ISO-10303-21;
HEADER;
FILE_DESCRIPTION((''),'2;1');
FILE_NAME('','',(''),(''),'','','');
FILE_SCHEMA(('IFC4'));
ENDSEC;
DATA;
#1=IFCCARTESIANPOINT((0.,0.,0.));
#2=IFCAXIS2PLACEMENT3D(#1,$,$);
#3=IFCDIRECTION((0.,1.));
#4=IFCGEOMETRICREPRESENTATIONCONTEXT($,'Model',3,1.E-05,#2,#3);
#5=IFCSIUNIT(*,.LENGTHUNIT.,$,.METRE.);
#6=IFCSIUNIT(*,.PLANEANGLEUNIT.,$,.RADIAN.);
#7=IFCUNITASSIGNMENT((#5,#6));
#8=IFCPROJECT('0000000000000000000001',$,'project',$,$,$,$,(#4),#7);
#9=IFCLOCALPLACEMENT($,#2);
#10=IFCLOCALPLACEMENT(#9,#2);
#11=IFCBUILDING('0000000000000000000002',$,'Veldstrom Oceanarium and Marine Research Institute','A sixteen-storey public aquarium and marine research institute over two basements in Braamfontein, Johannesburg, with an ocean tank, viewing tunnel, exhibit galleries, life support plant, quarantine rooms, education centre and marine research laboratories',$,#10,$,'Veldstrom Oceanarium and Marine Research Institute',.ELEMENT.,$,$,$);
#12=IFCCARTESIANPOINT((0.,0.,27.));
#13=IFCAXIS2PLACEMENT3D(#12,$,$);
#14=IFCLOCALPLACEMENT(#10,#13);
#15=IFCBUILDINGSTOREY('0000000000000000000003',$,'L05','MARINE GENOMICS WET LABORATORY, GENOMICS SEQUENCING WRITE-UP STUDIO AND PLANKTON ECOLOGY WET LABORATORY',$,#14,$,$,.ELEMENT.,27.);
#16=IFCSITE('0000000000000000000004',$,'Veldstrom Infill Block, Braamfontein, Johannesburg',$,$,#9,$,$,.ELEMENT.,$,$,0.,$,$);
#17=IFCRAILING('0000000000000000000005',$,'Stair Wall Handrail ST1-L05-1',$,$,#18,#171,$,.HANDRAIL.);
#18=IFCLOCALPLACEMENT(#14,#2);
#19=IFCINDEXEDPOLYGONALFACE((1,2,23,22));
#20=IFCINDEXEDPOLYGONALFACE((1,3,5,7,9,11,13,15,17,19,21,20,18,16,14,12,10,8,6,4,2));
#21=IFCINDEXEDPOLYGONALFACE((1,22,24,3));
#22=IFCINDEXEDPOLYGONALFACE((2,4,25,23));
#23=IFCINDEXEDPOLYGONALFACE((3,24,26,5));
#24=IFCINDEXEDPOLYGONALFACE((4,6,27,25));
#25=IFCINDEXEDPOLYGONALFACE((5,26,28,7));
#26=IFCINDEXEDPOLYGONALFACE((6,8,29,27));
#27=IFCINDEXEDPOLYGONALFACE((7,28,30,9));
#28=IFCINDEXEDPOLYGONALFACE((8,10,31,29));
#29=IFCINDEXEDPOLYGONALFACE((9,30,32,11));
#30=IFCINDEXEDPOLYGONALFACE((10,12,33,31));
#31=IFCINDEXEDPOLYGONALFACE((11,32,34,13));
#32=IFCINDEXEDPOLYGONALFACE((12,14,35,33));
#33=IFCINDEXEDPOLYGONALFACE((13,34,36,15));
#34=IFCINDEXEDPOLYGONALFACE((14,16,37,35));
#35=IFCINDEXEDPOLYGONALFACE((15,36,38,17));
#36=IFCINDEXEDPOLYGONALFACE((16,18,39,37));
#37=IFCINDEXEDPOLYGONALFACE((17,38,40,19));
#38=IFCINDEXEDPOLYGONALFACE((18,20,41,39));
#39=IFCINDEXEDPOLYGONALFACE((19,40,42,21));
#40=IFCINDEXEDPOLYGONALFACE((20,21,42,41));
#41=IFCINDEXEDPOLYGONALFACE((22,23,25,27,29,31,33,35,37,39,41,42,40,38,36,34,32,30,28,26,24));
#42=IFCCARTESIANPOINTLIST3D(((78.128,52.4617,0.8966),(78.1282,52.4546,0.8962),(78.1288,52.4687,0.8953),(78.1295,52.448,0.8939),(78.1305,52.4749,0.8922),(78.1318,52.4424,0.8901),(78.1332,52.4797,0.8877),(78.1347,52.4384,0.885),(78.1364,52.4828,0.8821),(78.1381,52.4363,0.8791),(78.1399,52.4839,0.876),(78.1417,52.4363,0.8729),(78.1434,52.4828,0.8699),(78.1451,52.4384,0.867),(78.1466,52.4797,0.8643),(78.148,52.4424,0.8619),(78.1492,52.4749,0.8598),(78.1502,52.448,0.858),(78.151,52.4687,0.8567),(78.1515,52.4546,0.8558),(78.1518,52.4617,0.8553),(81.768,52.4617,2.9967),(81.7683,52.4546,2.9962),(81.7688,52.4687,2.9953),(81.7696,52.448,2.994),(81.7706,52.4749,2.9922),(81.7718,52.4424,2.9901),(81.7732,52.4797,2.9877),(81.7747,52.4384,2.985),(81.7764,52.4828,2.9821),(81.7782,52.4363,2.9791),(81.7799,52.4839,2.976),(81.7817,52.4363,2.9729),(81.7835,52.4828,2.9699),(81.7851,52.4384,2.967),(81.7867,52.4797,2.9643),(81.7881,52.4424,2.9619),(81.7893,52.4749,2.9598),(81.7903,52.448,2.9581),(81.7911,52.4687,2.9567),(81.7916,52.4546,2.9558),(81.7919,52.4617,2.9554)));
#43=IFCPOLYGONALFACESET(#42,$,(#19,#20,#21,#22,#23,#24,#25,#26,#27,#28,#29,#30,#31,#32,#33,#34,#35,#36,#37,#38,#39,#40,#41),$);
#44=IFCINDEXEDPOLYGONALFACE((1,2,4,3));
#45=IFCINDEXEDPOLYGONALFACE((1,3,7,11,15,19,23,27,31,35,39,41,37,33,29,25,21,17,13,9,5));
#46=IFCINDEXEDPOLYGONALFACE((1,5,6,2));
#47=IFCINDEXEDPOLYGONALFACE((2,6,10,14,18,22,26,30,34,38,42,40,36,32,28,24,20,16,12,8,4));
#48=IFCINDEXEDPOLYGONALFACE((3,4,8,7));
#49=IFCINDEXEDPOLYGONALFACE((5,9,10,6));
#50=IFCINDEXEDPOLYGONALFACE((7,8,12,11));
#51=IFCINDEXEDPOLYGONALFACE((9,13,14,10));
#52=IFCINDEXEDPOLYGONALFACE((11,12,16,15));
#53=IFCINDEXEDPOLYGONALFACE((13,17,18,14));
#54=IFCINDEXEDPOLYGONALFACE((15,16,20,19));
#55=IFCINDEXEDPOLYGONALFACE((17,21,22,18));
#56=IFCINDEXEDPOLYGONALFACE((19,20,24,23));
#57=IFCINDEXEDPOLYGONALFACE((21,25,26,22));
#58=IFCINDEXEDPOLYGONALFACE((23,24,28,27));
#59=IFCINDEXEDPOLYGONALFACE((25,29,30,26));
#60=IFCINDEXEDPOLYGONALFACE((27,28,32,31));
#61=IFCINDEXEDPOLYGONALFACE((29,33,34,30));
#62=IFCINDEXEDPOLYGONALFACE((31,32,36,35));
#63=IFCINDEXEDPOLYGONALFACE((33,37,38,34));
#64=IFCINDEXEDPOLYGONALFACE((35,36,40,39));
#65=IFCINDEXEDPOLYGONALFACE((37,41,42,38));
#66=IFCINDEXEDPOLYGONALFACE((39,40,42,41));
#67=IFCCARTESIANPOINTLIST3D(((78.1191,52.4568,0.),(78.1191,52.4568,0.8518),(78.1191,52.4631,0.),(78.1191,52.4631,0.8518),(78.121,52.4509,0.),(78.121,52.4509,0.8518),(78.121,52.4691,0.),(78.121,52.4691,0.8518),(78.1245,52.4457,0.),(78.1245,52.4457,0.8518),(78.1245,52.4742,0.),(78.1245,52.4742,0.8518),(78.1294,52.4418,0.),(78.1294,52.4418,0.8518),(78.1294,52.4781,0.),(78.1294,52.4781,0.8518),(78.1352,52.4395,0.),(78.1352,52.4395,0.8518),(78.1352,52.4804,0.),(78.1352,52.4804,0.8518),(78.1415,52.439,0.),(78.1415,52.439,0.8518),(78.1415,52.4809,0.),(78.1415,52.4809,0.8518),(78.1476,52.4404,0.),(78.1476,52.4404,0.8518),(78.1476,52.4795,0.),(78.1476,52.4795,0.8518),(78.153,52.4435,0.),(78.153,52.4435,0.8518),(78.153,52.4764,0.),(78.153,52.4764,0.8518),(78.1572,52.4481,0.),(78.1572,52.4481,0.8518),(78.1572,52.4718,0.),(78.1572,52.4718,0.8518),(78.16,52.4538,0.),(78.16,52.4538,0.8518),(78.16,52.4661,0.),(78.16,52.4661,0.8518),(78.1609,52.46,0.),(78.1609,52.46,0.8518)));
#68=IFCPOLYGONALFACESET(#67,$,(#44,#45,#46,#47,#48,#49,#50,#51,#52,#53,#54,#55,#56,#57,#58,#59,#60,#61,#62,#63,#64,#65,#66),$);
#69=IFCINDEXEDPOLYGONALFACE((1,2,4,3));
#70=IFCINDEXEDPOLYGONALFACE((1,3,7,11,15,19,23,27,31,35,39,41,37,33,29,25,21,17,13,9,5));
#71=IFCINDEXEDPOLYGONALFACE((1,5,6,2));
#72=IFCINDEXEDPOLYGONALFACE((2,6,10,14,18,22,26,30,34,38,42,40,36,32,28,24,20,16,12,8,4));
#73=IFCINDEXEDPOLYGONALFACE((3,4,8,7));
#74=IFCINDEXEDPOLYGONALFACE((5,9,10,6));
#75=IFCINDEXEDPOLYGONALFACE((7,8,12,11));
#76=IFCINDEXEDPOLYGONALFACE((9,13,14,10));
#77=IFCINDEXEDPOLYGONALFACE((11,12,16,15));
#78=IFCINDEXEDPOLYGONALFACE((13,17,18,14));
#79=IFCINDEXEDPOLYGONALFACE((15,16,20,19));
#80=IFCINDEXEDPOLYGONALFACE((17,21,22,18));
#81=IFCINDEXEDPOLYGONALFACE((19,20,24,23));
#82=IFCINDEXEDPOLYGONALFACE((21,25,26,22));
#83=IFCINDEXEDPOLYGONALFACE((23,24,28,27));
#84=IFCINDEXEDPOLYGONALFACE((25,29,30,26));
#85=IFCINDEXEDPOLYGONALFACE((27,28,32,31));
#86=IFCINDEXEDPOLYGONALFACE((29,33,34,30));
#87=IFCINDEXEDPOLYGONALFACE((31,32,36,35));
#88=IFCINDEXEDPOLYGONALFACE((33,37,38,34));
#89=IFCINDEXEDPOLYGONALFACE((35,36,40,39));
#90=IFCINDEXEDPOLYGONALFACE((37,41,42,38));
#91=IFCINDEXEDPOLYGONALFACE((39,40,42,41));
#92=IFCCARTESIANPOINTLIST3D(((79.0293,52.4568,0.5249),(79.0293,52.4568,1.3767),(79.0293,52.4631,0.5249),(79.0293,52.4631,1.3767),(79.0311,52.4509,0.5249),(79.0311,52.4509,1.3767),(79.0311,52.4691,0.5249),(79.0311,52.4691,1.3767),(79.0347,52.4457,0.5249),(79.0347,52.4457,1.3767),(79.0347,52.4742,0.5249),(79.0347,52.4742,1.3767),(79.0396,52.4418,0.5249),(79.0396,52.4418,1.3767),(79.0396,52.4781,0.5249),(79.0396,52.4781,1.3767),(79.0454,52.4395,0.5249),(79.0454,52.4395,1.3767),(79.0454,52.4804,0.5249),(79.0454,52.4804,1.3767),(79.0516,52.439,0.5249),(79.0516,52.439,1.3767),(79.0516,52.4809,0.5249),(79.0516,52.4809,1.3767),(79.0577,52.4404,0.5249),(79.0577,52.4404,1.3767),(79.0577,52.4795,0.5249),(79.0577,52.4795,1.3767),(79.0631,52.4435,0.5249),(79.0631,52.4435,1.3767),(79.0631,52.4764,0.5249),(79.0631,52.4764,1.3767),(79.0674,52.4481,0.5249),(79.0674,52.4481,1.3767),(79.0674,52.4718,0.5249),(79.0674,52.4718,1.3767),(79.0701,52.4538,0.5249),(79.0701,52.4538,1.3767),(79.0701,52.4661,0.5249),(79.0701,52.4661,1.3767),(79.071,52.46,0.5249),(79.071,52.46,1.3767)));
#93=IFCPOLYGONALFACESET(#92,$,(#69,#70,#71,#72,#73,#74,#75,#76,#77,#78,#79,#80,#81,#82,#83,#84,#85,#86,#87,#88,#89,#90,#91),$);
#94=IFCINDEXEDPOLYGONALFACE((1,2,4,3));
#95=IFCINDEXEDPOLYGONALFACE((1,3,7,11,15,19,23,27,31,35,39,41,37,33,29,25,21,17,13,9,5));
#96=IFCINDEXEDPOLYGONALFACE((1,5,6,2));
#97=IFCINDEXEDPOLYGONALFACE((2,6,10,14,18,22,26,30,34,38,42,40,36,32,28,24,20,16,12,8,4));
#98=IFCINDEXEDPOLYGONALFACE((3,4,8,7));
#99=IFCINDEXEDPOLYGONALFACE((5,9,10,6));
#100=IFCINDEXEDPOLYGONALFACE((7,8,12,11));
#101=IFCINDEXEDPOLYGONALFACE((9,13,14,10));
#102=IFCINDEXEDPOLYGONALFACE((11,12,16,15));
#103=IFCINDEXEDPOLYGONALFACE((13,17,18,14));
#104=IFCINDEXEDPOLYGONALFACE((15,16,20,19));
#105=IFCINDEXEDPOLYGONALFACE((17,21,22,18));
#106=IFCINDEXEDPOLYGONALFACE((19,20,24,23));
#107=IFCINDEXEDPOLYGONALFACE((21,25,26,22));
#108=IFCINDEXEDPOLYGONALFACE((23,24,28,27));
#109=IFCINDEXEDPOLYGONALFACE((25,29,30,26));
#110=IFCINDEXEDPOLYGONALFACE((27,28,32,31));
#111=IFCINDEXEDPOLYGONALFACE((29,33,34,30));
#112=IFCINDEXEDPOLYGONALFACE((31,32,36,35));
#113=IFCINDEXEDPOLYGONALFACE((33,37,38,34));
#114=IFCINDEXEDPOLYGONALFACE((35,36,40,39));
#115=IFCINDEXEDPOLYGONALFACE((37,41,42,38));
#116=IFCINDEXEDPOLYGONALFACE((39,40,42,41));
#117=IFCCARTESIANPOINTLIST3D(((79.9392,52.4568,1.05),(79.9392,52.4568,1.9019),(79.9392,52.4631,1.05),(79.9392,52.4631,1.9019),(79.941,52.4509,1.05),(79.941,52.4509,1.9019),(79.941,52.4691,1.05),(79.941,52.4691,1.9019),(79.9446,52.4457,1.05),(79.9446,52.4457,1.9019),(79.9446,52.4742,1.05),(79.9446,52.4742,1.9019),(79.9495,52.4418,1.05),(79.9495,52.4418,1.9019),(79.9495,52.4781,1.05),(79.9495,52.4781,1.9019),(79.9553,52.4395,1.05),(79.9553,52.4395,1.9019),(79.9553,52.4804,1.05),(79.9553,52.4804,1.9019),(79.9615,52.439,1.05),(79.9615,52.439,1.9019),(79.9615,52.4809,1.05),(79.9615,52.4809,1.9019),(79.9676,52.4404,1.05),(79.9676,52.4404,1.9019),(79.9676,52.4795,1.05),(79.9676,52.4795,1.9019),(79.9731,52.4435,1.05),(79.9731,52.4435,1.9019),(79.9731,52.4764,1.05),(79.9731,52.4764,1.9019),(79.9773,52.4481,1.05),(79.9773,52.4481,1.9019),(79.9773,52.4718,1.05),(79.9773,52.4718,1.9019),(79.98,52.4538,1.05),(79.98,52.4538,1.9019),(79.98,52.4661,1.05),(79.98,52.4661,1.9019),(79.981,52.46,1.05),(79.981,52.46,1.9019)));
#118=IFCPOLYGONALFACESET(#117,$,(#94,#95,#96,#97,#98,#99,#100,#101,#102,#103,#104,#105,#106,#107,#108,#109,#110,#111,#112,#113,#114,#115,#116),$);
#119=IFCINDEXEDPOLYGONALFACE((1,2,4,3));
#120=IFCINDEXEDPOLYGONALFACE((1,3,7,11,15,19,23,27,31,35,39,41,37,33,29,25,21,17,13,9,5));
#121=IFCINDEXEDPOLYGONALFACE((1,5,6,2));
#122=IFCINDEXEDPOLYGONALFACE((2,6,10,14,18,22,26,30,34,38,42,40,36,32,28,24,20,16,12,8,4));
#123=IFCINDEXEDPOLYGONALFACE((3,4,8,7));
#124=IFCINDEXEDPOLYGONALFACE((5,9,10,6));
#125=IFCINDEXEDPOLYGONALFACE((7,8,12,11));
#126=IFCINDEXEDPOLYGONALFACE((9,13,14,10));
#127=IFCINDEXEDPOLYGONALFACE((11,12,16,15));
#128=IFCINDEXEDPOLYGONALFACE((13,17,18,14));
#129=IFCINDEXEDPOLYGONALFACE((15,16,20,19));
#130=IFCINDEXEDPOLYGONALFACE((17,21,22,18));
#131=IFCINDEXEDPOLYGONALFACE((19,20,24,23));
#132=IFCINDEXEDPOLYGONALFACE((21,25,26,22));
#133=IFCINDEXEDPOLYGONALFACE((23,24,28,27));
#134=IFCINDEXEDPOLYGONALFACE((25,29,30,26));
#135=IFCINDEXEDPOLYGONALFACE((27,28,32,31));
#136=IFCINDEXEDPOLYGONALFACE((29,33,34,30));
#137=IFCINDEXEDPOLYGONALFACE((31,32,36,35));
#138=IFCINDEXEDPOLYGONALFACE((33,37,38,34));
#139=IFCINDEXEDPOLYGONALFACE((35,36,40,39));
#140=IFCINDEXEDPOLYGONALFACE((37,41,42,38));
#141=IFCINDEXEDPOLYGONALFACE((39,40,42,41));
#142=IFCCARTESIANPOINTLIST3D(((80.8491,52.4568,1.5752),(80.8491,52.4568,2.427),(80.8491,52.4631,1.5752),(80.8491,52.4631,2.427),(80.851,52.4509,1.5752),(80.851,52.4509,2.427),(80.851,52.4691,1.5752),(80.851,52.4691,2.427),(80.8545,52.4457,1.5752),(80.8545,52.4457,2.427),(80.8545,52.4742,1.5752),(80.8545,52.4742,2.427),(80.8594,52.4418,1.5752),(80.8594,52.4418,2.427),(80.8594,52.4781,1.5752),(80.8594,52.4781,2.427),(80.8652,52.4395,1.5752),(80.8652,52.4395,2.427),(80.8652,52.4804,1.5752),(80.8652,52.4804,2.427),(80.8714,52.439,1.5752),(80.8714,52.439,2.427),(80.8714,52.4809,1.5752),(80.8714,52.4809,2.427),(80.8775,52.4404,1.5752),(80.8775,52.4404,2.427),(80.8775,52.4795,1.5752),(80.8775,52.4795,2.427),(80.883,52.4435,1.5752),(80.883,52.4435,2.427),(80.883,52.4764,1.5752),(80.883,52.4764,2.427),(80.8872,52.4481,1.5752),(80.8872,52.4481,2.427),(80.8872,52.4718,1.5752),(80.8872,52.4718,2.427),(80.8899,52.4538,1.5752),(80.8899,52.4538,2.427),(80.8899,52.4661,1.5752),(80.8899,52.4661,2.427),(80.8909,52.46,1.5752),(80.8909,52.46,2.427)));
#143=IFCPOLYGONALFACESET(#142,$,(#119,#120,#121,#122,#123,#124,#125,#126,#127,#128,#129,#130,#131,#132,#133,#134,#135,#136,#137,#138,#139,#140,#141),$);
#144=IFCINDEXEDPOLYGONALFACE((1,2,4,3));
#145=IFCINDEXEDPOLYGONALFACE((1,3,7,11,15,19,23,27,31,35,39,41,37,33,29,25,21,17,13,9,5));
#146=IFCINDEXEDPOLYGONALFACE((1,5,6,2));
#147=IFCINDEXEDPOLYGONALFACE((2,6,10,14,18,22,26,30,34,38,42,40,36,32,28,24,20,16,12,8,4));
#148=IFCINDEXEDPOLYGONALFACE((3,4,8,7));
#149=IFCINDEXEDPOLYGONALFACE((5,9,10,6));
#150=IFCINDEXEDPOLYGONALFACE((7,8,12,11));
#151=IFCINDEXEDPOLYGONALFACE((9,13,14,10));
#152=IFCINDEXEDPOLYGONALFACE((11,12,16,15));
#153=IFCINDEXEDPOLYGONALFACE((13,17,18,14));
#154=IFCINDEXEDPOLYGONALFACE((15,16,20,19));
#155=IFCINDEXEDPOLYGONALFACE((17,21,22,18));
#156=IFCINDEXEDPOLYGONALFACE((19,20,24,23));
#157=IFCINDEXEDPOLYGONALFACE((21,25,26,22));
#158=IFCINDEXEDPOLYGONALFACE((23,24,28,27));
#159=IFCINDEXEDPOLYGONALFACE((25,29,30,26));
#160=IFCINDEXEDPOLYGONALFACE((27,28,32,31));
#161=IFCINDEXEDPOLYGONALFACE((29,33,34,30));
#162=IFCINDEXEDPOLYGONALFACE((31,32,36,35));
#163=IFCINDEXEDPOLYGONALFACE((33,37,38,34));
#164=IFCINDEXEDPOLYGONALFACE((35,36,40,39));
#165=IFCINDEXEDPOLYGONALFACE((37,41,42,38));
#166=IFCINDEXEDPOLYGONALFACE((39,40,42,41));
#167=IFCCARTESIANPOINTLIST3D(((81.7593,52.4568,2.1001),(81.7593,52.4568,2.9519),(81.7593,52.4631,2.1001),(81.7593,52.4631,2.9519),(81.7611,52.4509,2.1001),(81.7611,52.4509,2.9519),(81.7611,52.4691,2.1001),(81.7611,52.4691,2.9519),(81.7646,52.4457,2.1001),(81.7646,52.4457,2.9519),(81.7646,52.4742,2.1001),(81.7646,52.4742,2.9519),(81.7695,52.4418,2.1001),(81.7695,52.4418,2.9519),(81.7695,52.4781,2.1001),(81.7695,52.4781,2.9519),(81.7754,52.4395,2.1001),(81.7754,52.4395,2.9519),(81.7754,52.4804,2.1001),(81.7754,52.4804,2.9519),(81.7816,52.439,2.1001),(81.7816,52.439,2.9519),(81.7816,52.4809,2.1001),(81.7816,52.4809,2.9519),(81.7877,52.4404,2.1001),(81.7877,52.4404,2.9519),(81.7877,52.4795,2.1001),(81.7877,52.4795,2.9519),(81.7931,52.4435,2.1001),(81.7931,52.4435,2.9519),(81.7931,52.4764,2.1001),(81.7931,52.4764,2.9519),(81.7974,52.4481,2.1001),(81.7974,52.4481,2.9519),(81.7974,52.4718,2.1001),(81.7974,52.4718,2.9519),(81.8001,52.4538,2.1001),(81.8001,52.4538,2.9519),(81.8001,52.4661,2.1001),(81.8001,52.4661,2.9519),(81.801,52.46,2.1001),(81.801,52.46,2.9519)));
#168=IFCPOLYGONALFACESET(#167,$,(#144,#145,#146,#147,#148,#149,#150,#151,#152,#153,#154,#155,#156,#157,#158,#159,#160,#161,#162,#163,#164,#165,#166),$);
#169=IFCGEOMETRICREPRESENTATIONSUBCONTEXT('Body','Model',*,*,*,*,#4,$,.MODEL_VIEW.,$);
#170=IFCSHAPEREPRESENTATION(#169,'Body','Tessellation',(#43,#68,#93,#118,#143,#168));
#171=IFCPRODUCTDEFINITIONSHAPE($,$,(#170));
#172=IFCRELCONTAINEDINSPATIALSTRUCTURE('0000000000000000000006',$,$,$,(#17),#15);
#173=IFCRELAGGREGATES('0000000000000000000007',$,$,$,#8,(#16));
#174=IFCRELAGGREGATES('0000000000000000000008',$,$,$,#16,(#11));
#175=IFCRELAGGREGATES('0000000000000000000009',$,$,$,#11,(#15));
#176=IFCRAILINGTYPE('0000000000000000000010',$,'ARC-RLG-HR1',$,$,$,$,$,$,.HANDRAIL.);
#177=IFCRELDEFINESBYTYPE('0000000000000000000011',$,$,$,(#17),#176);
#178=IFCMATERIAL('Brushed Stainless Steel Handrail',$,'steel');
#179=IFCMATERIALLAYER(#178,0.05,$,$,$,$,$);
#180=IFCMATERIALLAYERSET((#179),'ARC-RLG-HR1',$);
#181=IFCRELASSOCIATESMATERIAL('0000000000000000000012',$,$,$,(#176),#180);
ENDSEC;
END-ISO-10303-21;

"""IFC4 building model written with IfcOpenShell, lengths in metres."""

from ifc_helpers import new_model, si_unit, direction, frame, origin, origin_2d, place, context, subcontext, project, spatial, circle, extrude, material, layer, layer_set, type_object, element, save


model = new_model("IFC4")

# Units and contexts
model_context = context("Model", 3, precision=1e-05, world=origin(), true_north=direction((0.0, 1.0)))
body_context = subcontext(model_context, "Body", "Model", "MODEL_VIEW")
ifc_project = project(units=[si_unit("LENGTHUNIT", "METRE"), si_unit("PLANEANGLEUNIT", "RADIAN")], contexts=[model_context])

# Site, building, storey
site_placement = place(None, origin())
site = spatial("IfcSite", under=ifc_project, at=site_placement, Name="Veldstrom Infill Block, Braamfontein, Johannesburg", CompositionType="ELEMENT", RefElevation=0.0)
building_placement = place(site_placement, origin())
building = spatial("IfcBuilding", under=site, at=building_placement, Name="Veldstrom Oceanarium and Marine Research Institute", Description="A sixteen-storey public aquarium and marine research institute over two basements in Braamfontein, Johannesburg, with an ocean tank, viewing tunnel, exhibit galleries, life support plant, quarantine rooms, education centre and marine research laboratories", LongName="Veldstrom Oceanarium and Marine Research Institute", CompositionType="ELEMENT")
storey_placement = place(building_placement, frame((0.0, 0.0, 27.0)))
storey = spatial("IfcBuildingStorey", under=building, at=storey_placement, Name="L05", Description="MARINE GENOMICS WET LABORATORY, GENOMICS SEQUENCING WRITE-UP STUDIO AND PLANKTON ECOLOGY WET LABORATORY", CompositionType="ELEMENT", Elevation=27.0)

# Railing
ifc_material_1 = material(Name="Brushed Stainless Steel Handrail", Category="steel")
ifc_layer_1 = layer(ifc_material_1, 0.05)
ifc_layer_set_1 = layer_set([ifc_layer_1], Name="ARC-RLG-HR1")
railing_type_1 = type_object("IfcRailingType", Name="ARC-RLG-HR1", PredefinedType="HANDRAIL", material=ifc_layer_set_1)
railing_1_placement = place(storey_placement, frame((78.1399, 52.46, 0.0)))
element("IfcRailing", 1, at=railing_1_placement, inside=storey, type_object=railing_type_1, Name="Stair Wall Handrail ST1-L05-1", PredefinedType="HANDRAIL", context=body_context, shape_type="SweptSolid", body=[
    extrude(circle(Radius=0.0239, at=origin_2d()), frame((0.0, 0.0, 0.876), z_axis=(0.866184, 0.0, 0.499726), x_axis=(0.0, 1.0, 0.0)), (0.0, 0.0, 1.0), 4.2024),
    extrude(circle(Radius=0.021, at=origin_2d()), origin(), (0.0, 0.0, 1.0), 0.8518),
    extrude(circle(Radius=0.021, at=origin_2d()), frame((0.9102, 0.0, 0.5249)), (0.0, 0.0, 1.0), 0.8518),
    extrude(circle(Radius=0.021, at=origin_2d()), frame((1.8201, 0.0, 1.05)), (0.0, 0.0, 1.0), 0.8518),
    extrude(circle(Radius=0.021, at=origin_2d()), frame((2.73, 0.0, 1.5752)), (0.0, 0.0, 1.0), 0.8518),
    extrude(circle(Radius=0.021, at=origin_2d()), frame((3.6401, 0.0, 2.1001)), (0.0, 0.0, 1.0), 0.8518),
])

save(model, "model.ifc")
